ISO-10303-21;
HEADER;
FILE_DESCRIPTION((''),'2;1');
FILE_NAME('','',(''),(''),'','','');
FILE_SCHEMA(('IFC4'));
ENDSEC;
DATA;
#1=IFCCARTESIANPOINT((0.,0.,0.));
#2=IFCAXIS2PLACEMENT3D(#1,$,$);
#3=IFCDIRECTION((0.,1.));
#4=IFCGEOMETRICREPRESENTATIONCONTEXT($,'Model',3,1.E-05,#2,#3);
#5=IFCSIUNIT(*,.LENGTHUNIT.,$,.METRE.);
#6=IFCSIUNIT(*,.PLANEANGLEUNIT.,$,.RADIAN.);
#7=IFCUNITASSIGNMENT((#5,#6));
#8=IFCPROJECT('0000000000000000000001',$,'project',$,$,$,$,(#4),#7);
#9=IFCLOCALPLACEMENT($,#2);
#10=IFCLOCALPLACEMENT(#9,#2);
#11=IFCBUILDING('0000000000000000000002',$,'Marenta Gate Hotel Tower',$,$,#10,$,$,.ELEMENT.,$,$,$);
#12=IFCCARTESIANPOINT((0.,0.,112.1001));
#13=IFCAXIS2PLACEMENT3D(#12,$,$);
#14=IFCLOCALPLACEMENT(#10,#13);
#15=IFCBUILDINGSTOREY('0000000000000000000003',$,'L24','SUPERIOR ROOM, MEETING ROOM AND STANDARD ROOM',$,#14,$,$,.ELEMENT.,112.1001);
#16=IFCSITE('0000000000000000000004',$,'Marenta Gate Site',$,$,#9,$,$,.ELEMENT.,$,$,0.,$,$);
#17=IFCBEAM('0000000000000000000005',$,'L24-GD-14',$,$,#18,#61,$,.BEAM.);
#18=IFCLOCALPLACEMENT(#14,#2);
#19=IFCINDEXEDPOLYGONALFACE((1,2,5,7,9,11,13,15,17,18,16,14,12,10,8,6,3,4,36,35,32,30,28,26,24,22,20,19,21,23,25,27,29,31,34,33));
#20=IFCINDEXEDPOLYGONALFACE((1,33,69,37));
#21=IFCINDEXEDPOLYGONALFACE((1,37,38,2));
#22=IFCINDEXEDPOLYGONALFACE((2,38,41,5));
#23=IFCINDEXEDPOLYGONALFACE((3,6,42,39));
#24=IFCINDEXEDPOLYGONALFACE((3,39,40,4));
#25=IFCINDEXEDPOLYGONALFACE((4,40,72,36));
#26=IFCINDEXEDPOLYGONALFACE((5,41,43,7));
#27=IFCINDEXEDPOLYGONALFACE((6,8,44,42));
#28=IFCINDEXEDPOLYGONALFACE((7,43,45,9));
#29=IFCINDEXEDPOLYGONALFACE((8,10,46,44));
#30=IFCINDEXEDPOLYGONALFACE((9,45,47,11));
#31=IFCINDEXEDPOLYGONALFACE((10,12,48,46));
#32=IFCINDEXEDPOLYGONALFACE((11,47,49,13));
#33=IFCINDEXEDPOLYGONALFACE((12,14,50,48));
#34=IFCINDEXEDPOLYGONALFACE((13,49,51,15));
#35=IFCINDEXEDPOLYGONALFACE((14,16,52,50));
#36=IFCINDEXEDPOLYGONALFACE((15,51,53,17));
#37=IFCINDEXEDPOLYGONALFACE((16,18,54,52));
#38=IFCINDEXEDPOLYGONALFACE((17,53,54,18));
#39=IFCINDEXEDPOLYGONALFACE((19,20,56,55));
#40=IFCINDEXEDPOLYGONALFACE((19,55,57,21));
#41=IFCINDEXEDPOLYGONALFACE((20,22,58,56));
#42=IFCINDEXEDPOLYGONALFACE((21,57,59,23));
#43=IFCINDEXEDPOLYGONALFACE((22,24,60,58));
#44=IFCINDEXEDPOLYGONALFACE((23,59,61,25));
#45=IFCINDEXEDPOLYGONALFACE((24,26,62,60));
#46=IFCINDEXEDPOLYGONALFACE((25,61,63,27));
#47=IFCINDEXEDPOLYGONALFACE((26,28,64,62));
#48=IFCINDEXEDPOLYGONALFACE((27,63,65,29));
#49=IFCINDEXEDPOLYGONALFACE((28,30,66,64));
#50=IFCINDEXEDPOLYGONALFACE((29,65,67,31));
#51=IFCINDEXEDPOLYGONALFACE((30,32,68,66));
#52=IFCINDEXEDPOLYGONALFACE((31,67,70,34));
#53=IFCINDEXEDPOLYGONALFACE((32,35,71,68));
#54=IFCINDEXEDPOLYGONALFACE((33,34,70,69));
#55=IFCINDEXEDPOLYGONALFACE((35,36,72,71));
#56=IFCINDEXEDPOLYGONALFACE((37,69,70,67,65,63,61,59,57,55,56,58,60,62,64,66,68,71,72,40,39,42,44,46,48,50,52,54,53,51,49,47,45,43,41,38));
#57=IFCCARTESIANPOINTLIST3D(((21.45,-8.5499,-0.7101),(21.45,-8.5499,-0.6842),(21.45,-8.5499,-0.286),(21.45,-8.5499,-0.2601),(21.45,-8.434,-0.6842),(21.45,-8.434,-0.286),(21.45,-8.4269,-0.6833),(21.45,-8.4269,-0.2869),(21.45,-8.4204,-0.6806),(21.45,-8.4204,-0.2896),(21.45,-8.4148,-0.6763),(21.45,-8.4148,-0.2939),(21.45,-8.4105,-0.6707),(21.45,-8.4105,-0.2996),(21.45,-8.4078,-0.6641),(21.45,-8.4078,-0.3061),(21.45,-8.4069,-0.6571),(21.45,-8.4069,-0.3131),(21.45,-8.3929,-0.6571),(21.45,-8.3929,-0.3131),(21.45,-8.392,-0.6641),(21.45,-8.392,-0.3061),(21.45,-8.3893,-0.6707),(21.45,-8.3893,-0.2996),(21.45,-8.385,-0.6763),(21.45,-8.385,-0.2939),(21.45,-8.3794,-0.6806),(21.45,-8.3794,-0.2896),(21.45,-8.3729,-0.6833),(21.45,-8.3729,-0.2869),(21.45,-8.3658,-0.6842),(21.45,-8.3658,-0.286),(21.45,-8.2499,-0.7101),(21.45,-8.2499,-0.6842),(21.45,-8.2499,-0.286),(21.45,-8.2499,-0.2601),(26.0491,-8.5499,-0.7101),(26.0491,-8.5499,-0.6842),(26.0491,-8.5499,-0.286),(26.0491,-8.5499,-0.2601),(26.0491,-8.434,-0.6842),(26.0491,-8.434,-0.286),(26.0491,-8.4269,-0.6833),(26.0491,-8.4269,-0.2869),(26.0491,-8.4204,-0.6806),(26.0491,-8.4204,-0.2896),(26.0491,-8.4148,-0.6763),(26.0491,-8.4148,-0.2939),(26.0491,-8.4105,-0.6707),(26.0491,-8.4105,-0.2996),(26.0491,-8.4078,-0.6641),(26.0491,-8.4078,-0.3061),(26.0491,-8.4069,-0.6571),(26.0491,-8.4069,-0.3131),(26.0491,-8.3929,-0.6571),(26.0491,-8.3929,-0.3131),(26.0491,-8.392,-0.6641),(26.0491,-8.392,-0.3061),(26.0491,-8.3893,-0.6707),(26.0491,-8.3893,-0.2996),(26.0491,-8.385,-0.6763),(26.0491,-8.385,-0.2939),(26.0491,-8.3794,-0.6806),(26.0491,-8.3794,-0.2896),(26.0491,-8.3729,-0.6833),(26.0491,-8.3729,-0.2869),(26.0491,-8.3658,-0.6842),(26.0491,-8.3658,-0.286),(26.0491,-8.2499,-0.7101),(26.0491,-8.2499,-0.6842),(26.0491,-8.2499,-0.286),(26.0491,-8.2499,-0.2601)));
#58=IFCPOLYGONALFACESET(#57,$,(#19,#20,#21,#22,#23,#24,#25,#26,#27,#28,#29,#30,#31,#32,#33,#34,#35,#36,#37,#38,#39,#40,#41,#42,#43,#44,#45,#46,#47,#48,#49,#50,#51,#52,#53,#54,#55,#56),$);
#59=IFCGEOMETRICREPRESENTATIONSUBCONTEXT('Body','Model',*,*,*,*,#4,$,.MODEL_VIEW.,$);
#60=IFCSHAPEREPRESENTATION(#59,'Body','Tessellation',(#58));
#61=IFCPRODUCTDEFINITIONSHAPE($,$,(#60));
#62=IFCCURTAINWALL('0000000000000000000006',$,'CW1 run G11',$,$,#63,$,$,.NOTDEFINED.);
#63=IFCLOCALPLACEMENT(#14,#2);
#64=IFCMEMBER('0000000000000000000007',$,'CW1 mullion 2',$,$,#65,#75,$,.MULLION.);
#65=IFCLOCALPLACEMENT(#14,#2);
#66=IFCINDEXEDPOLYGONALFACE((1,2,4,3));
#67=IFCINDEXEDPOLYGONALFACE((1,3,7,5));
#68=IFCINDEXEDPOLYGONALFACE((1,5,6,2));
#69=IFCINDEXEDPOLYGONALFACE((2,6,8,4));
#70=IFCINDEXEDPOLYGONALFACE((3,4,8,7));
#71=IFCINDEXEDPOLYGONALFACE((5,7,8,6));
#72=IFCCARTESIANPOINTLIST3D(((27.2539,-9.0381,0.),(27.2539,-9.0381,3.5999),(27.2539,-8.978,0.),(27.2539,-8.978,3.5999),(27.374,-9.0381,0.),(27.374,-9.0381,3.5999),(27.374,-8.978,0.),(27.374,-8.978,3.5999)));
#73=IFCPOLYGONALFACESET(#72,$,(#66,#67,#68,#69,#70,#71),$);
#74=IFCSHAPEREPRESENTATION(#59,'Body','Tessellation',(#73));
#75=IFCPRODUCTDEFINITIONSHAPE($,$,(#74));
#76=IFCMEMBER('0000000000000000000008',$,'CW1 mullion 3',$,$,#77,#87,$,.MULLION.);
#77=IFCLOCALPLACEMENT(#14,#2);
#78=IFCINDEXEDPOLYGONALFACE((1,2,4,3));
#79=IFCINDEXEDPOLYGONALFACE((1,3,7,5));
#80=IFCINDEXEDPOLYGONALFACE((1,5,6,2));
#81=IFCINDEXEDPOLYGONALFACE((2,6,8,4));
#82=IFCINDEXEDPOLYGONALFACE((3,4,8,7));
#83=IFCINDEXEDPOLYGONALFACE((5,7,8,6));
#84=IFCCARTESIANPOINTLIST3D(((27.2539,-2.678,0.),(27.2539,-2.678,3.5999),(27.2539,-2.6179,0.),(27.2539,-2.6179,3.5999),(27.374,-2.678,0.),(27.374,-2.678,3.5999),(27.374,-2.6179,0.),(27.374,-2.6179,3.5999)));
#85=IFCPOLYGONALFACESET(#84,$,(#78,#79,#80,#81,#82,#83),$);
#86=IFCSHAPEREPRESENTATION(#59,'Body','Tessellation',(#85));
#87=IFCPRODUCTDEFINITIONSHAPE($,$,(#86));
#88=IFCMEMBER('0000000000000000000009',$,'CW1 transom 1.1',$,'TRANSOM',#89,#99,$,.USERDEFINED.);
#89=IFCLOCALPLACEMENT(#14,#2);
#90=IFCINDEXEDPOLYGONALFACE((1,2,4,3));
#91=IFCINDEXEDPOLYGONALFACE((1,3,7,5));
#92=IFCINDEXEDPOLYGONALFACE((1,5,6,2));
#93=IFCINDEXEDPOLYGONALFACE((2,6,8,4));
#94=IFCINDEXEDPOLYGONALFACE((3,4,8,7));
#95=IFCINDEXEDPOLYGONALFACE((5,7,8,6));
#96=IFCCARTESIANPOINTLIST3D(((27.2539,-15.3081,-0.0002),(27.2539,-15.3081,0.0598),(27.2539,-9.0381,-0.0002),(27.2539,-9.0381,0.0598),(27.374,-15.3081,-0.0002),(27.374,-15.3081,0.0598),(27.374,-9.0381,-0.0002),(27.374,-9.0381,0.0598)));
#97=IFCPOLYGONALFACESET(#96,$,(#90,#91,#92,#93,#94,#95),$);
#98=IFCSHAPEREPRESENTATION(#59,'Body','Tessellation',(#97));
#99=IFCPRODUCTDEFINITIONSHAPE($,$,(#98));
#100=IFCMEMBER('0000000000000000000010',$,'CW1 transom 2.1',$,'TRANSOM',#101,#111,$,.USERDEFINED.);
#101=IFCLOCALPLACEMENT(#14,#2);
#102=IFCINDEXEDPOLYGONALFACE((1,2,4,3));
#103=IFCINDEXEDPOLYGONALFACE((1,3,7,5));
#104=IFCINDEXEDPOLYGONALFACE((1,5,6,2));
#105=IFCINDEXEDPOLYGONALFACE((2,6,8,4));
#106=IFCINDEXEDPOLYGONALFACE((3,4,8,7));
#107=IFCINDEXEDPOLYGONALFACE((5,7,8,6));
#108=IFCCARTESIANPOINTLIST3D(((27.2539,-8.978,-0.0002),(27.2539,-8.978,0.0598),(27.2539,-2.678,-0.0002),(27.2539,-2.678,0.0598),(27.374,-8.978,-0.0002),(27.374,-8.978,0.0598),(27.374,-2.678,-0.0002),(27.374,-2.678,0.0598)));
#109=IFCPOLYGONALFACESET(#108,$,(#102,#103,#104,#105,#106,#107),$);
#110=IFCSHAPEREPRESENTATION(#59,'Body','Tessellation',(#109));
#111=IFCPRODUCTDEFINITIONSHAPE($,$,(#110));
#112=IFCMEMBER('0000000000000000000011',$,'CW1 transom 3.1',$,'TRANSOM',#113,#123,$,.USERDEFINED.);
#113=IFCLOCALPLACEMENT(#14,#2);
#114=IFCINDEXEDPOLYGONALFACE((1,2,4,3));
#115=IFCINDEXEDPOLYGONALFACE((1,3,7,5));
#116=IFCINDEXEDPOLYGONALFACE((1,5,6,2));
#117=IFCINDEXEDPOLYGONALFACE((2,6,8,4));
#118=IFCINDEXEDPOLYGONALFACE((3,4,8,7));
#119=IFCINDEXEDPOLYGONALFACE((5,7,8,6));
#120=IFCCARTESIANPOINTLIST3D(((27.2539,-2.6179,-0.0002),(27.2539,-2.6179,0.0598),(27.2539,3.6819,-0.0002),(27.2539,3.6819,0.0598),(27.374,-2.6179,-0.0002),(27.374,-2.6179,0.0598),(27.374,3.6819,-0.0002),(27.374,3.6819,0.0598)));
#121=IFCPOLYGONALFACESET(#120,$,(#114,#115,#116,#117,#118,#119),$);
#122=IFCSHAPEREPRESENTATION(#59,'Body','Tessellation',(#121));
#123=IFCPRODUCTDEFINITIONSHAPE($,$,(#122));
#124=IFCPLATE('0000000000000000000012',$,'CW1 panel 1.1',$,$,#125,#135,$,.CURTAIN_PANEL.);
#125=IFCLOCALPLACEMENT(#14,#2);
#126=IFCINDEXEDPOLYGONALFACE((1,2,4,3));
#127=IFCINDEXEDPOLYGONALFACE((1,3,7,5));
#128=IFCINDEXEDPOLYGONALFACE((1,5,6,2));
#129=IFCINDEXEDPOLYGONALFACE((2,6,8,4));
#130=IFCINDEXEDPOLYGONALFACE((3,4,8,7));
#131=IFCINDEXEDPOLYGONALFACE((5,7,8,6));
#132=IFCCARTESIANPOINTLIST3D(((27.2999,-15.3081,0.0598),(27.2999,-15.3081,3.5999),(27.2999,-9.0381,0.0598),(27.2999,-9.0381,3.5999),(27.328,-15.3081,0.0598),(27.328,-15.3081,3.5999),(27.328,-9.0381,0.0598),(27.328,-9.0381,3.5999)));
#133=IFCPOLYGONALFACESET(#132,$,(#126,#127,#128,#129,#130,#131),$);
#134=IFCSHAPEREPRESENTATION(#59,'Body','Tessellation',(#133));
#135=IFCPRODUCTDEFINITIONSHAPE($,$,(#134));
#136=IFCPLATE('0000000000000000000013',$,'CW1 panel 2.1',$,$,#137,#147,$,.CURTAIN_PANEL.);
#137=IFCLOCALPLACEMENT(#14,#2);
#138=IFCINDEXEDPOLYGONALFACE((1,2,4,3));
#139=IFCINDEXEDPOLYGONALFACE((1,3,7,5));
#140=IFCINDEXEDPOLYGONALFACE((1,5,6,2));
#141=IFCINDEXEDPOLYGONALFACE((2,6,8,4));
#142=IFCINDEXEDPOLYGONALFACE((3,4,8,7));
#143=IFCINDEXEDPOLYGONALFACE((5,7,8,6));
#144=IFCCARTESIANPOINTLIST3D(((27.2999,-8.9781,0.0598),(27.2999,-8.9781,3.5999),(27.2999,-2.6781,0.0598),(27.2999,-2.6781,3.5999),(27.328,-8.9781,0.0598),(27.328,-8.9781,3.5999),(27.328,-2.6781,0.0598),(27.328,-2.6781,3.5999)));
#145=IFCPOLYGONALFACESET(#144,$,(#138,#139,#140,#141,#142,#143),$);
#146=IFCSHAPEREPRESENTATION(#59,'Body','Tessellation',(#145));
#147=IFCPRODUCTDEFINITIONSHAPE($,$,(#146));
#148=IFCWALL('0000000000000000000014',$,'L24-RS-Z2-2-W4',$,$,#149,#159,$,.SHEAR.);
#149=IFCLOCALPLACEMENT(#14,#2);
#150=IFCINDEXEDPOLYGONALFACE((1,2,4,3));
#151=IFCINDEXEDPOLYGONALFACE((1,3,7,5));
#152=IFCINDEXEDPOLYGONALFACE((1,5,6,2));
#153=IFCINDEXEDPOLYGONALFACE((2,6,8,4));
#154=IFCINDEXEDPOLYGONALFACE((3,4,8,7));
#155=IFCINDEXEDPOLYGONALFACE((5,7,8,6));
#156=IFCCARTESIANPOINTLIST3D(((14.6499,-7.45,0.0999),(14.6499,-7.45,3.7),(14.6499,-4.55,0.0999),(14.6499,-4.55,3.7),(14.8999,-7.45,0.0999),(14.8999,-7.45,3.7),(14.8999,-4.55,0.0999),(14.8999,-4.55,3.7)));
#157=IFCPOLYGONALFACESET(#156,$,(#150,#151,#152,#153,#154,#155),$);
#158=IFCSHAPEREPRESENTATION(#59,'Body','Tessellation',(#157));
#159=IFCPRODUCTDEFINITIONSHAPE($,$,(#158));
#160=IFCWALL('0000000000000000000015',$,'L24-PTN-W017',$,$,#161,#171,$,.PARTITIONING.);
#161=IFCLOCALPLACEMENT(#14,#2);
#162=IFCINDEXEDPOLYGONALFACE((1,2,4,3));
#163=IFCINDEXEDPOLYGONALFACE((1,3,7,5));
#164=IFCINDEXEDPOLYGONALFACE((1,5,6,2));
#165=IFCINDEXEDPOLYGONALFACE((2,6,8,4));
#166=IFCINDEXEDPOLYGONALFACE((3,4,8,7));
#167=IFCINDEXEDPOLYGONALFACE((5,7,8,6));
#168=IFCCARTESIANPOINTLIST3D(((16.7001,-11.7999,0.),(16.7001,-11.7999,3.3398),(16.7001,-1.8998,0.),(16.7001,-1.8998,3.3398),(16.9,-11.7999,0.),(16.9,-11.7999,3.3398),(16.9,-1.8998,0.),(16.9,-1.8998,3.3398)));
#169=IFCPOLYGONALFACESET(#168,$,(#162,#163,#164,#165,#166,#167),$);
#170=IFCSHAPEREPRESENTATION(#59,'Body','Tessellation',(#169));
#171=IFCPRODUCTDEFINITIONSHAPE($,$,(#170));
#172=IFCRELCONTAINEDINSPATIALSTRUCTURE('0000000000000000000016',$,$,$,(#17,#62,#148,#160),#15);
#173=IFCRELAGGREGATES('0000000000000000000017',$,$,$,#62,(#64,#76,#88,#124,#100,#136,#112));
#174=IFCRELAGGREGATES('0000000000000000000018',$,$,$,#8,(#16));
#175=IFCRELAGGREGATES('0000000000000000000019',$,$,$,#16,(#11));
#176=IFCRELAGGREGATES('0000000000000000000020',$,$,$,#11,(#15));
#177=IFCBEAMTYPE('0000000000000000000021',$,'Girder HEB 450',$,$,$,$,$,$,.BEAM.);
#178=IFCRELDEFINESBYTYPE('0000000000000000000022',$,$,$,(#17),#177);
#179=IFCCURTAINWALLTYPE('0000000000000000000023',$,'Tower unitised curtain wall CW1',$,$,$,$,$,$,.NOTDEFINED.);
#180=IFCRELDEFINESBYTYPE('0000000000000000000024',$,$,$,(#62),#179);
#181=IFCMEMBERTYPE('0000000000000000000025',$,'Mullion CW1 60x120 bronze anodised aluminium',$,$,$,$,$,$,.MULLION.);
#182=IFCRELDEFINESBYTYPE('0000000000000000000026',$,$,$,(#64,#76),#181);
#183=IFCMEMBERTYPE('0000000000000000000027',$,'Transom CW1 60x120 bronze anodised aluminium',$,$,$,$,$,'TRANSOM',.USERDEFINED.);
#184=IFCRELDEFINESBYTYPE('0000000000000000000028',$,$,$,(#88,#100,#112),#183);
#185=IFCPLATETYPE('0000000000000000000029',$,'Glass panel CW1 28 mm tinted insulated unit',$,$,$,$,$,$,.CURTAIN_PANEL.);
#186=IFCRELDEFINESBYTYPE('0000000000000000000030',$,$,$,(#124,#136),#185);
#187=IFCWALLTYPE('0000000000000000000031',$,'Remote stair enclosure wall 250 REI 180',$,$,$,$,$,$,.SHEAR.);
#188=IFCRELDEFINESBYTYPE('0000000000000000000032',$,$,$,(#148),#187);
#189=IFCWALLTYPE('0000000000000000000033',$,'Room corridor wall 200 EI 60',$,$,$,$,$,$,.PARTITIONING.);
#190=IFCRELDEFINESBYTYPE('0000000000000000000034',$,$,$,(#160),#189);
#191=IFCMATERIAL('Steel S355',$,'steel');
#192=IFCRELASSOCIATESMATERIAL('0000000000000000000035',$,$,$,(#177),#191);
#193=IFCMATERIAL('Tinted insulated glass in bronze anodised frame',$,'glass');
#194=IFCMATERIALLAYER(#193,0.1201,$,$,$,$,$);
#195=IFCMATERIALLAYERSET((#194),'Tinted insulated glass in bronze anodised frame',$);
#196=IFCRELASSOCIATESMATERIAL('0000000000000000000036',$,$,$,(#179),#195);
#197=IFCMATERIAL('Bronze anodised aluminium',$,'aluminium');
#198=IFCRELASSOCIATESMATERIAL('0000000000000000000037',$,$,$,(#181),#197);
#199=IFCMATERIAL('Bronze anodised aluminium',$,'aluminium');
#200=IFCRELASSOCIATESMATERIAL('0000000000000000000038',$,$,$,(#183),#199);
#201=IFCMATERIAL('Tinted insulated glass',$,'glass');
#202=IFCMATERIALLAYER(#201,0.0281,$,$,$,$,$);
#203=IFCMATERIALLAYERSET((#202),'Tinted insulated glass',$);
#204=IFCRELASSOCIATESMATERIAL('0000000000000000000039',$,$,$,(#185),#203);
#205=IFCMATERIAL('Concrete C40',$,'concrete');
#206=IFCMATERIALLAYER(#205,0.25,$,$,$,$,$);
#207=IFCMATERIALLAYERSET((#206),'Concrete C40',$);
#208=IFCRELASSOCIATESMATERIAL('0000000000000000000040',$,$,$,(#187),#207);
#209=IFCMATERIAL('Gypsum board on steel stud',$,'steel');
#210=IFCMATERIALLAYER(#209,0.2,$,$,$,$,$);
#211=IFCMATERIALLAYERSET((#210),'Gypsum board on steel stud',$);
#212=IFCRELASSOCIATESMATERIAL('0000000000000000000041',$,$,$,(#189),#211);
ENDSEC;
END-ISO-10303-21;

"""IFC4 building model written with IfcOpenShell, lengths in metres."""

from ifc_helpers import new_model, si_unit, direction, frame, frame_2d, origin, origin_2d, place, context, subcontext, project, spatial, rectangle, i_section, extrude, material, layer, layer_set, material_profile, profile_set, type_object, element, aggregate, save


model = new_model("IFC4")

# Units and contexts
model_context = context("Model", 3, precision=1e-05, world=origin(), true_north=direction((0.0, 1.0)))
body_context = subcontext(model_context, "Body", "Model", "MODEL_VIEW")
ifc_project = project(units=[si_unit("LENGTHUNIT", "METRE"), si_unit("PLANEANGLEUNIT", "RADIAN")], contexts=[model_context])

# Site, building, storey
site_placement = place(None, origin())
site = spatial("IfcSite", under=ifc_project, at=site_placement, Name="Marenta Gate Site", CompositionType="ELEMENT", RefElevation=0.0)
building_placement = place(site_placement, origin())
building = spatial("IfcBuilding", under=site, at=building_placement, Name="Marenta Gate Hotel Tower", CompositionType="ELEMENT")
storey_placement = place(building_placement, frame((0.0, 0.0, 112.1001)))
storey = spatial("IfcBuildingStorey", under=building, at=storey_placement, Name="L24", Description="SUPERIOR ROOM, MEETING ROOM AND STANDARD ROOM", CompositionType="ELEMENT", Elevation=112.1001)

# Beam
ifc_material_1 = material(Name="Steel S355", Category="steel")
ifc_material_profile_1 = material_profile(ifc_material_1, i_section(OverallWidth=0.3, OverallDepth=0.45, WebThickness=0.0139, FlangeThickness=0.0259, FilletRadius=0.0271, at=origin_2d()), Name="HEB 450")
ifc_profile_set_1 = profile_set([ifc_material_profile_1], Name="Steel S355")
beam_type_1 = type_object("IfcBeamType", Name="Girder HEB 450", PredefinedType="BEAM", material=ifc_profile_set_1)
beam_1_placement = place(storey_placement, frame((21.45, -8.3999, -0.4851), z_axis=(1.0, 0.0, 0.0), x_axis=(0.0, 1.0, 0.0)))
element("IfcBeam", 1, at=beam_1_placement, inside=storey, type_object=beam_type_1, Name="L24-GD-14", PredefinedType="BEAM", context=body_context, shape_type="SweptSolid", body=[
    extrude(i_section(OverallWidth=0.3, OverallDepth=0.45, WebThickness=0.0139, FlangeThickness=0.0259, FilletRadius=0.0271, at=origin_2d()), origin(), (0.0, 0.0, 1.0), 4.5991),
])

# Curtain wall, members, plates
ifc_material_2 = material(Name="Tinted insulated glass in bronze anodised frame", Category="glass")
ifc_layer_1 = layer(ifc_material_2, 0.1201)
ifc_layer_set_1 = layer_set([ifc_layer_1], Name="Tinted insulated glass in bronze anodised frame")
curtain_wall_type = type_object("IfcCurtainWallType", Name="Tower unitised curtain wall CW1", PredefinedType="NOTDEFINED", material=ifc_layer_set_1)
curtain_wall_placement = place(storey_placement, origin())
curtain_wall = element("IfcCurtainWall", 2, at=curtain_wall_placement, inside=storey, type_object=curtain_wall_type, Name="CW1 run G11", PredefinedType="NOTDEFINED")
ifc_material_3 = material(Name="Bronze anodised aluminium", Category="aluminium")
ifc_material_profile_2 = material_profile(ifc_material_3, rectangle(XDim=0.1201, YDim=0.0601, at=origin_2d()), Name="Mullion CW1 60x120 bronze anodised aluminium")
ifc_profile_set_2 = profile_set([ifc_material_profile_2], Name="Bronze anodised aluminium")
member_type_1 = type_object("IfcMemberType", Name="Mullion CW1 60x120 bronze anodised aluminium", PredefinedType="MULLION", material=ifc_profile_set_2)
member_1_placement = place(storey_placement, frame((27.314, -9.0081, 0.0), z_axis=(0.0, 0.0, 1.0), x_axis=(-1.0, 0.0, 0.0)))
member_1 = element("IfcMember", 3, at=member_1_placement, type_object=member_type_1, Name="CW1 mullion 2", PredefinedType="MULLION", context=body_context, shape_type="SweptSolid", body=[
    extrude(rectangle(XDim=0.1201, YDim=0.0601, at=origin_2d()), origin(), (0.0, 0.0, 1.0), 3.5999),
])
member_2_placement = place(storey_placement, frame((27.314, -2.6479, 0.0), z_axis=(0.0, 0.0, 1.0), x_axis=(-1.0, 0.0, 0.0)))
member_2 = element("IfcMember", 4, at=member_2_placement, type_object=member_type_1, Name="CW1 mullion 3", PredefinedType="MULLION", context=body_context, shape_type="SweptSolid", body=[
    extrude(rectangle(XDim=0.1201, YDim=0.0601, at=origin_2d()), origin(), (0.0, 0.0, 1.0), 3.5999),
])
ifc_material_4 = material(Name="Bronze anodised aluminium", Category="aluminium")
ifc_material_profile_3 = material_profile(ifc_material_4, rectangle(XDim=0.1201, YDim=0.0601, at=origin_2d()), Name="Transom CW1 60x120 bronze anodised aluminium")
ifc_profile_set_3 = profile_set([ifc_material_profile_3], Name="Bronze anodised aluminium")
member_type_2 = type_object("IfcMemberType", Name="Transom CW1 60x120 bronze anodised aluminium", ElementType="TRANSOM", PredefinedType="USERDEFINED", material=ifc_profile_set_3)
member_3_placement = place(storey_placement, frame((27.314, -15.3081, 0.0298), z_axis=(0.0, 1.0, 0.0), x_axis=(-1.0, 0.0, 0.0)))
member_3 = element("IfcMember", 5, at=member_3_placement, type_object=member_type_2, Name="CW1 transom 1.1", ObjectType="TRANSOM", PredefinedType="USERDEFINED", context=body_context, shape_type="SweptSolid", body=[
    extrude(rectangle(XDim=0.1201, YDim=0.0601, at=origin_2d()), origin(), (0.0, 0.0, 1.0), 6.27),
])
member_4_placement = place(storey_placement, frame((27.314, -8.978, 0.0298), z_axis=(0.0, 1.0, 0.0), x_axis=(-1.0, 0.0, 0.0)))
member_4 = element("IfcMember", 6, at=member_4_placement, type_object=member_type_2, Name="CW1 transom 2.1", ObjectType="TRANSOM", PredefinedType="USERDEFINED", context=body_context, shape_type="SweptSolid", body=[
    extrude(rectangle(XDim=0.1201, YDim=0.0601, at=origin_2d()), origin(), (0.0, 0.0, 1.0), 6.3),
])
member_5_placement = place(storey_placement, frame((27.314, -2.6179, 0.0298), z_axis=(0.0, 1.0, 0.0), x_axis=(-1.0, 0.0, 0.0)))
member_5 = element("IfcMember", 7, at=member_5_placement, type_object=member_type_2, Name="CW1 transom 3.1", ObjectType="TRANSOM", PredefinedType="USERDEFINED", context=body_context, shape_type="SweptSolid", body=[
    extrude(rectangle(XDim=0.1201, YDim=0.0601, at=origin_2d()), origin(), (0.0, 0.0, 1.0), 6.2998),
])
ifc_material_5 = material(Name="Tinted insulated glass", Category="glass")
ifc_layer_2 = layer(ifc_material_5, 0.0281)
ifc_layer_set_2 = layer_set([ifc_layer_2], Name="Tinted insulated glass")
plate_type = type_object("IfcPlateType", Name="Glass panel CW1 28 mm tinted insulated unit", PredefinedType="CURTAIN_PANEL", material=ifc_layer_set_2)
plate_1_placement = place(storey_placement, frame((27.314, -12.1731, 0.0598), z_axis=(0.0, 0.0, 1.0), x_axis=(0.0, 1.0, 0.0)))
plate_1 = element("IfcPlate", 8, at=plate_1_placement, type_object=plate_type, Name="CW1 panel 1.1", PredefinedType="CURTAIN_PANEL", context=body_context, shape_type="SweptSolid", body=[
    extrude(rectangle(XDim=6.27, YDim=0.0281, at=origin_2d()), origin(), (0.0, 0.0, 1.0), 3.54),
])
plate_2_placement = place(storey_placement, frame((27.314, -5.8281, 0.0598), z_axis=(0.0, 0.0, 1.0), x_axis=(0.0, 1.0, 0.0)))
plate_2 = element("IfcPlate", 9, at=plate_2_placement, type_object=plate_type, Name="CW1 panel 2.1", PredefinedType="CURTAIN_PANEL", context=body_context, shape_type="SweptSolid", body=[
    extrude(rectangle(XDim=6.3, YDim=0.0281, at=origin_2d()), origin(), (0.0, 0.0, 1.0), 3.54),
])
aggregate(curtain_wall, [member_1, member_2, member_3, plate_1, member_4, plate_2, member_5])

# Walls
ifc_material_6 = material(Name="Concrete C40", Category="concrete")
ifc_layer_3 = layer(ifc_material_6, 0.25)
ifc_layer_set_3 = layer_set([ifc_layer_3], Name="Concrete C40")
wall_type_1 = type_object("IfcWallType", Name="Remote stair enclosure wall 250 REI 180", PredefinedType="SHEAR", material=ifc_layer_set_3)
wall_1_placement = place(storey_placement, frame((14.7749, -7.45, 0.0999), z_axis=(0.0, 0.0, 1.0), x_axis=(0.0, 1.0, 0.0)))
element("IfcWall", 10, at=wall_1_placement, inside=storey, type_object=wall_type_1, Name="L24-RS-Z2-2-W4", PredefinedType="SHEAR", context=body_context, shape_type="SweptSolid", body=[
    extrude(rectangle(XDim=2.8999, YDim=0.25, at=frame_2d((1.45, 0.0))), origin(), (0.0, 0.0, 1.0), 3.6001),
])
ifc_material_7 = material(Name="Gypsum board on steel stud", Category="steel")
ifc_layer_4 = layer(ifc_material_7, 0.2)
ifc_layer_set_4 = layer_set([ifc_layer_4], Name="Gypsum board on steel stud")
wall_type_2 = type_object("IfcWallType", Name="Room corridor wall 200 EI 60", PredefinedType="PARTITIONING", material=ifc_layer_set_4)
wall_2_placement = place(storey_placement, frame((16.8, -11.8, 0.0), z_axis=(0.0, 0.0, 1.0), x_axis=(0.0, 1.0, 0.0)))
element("IfcWall", 11, at=wall_2_placement, inside=storey, type_object=wall_type_2, Name="L24-PTN-W017", PredefinedType="PARTITIONING", context=body_context, shape_type="SweptSolid", body=[
    extrude(rectangle(XDim=9.9001, YDim=0.2, at=frame_2d((4.9502, 0.0))), origin(), (0.0, 0.0, 1.0), 3.3398),
])

save(model, "model.ifc")
